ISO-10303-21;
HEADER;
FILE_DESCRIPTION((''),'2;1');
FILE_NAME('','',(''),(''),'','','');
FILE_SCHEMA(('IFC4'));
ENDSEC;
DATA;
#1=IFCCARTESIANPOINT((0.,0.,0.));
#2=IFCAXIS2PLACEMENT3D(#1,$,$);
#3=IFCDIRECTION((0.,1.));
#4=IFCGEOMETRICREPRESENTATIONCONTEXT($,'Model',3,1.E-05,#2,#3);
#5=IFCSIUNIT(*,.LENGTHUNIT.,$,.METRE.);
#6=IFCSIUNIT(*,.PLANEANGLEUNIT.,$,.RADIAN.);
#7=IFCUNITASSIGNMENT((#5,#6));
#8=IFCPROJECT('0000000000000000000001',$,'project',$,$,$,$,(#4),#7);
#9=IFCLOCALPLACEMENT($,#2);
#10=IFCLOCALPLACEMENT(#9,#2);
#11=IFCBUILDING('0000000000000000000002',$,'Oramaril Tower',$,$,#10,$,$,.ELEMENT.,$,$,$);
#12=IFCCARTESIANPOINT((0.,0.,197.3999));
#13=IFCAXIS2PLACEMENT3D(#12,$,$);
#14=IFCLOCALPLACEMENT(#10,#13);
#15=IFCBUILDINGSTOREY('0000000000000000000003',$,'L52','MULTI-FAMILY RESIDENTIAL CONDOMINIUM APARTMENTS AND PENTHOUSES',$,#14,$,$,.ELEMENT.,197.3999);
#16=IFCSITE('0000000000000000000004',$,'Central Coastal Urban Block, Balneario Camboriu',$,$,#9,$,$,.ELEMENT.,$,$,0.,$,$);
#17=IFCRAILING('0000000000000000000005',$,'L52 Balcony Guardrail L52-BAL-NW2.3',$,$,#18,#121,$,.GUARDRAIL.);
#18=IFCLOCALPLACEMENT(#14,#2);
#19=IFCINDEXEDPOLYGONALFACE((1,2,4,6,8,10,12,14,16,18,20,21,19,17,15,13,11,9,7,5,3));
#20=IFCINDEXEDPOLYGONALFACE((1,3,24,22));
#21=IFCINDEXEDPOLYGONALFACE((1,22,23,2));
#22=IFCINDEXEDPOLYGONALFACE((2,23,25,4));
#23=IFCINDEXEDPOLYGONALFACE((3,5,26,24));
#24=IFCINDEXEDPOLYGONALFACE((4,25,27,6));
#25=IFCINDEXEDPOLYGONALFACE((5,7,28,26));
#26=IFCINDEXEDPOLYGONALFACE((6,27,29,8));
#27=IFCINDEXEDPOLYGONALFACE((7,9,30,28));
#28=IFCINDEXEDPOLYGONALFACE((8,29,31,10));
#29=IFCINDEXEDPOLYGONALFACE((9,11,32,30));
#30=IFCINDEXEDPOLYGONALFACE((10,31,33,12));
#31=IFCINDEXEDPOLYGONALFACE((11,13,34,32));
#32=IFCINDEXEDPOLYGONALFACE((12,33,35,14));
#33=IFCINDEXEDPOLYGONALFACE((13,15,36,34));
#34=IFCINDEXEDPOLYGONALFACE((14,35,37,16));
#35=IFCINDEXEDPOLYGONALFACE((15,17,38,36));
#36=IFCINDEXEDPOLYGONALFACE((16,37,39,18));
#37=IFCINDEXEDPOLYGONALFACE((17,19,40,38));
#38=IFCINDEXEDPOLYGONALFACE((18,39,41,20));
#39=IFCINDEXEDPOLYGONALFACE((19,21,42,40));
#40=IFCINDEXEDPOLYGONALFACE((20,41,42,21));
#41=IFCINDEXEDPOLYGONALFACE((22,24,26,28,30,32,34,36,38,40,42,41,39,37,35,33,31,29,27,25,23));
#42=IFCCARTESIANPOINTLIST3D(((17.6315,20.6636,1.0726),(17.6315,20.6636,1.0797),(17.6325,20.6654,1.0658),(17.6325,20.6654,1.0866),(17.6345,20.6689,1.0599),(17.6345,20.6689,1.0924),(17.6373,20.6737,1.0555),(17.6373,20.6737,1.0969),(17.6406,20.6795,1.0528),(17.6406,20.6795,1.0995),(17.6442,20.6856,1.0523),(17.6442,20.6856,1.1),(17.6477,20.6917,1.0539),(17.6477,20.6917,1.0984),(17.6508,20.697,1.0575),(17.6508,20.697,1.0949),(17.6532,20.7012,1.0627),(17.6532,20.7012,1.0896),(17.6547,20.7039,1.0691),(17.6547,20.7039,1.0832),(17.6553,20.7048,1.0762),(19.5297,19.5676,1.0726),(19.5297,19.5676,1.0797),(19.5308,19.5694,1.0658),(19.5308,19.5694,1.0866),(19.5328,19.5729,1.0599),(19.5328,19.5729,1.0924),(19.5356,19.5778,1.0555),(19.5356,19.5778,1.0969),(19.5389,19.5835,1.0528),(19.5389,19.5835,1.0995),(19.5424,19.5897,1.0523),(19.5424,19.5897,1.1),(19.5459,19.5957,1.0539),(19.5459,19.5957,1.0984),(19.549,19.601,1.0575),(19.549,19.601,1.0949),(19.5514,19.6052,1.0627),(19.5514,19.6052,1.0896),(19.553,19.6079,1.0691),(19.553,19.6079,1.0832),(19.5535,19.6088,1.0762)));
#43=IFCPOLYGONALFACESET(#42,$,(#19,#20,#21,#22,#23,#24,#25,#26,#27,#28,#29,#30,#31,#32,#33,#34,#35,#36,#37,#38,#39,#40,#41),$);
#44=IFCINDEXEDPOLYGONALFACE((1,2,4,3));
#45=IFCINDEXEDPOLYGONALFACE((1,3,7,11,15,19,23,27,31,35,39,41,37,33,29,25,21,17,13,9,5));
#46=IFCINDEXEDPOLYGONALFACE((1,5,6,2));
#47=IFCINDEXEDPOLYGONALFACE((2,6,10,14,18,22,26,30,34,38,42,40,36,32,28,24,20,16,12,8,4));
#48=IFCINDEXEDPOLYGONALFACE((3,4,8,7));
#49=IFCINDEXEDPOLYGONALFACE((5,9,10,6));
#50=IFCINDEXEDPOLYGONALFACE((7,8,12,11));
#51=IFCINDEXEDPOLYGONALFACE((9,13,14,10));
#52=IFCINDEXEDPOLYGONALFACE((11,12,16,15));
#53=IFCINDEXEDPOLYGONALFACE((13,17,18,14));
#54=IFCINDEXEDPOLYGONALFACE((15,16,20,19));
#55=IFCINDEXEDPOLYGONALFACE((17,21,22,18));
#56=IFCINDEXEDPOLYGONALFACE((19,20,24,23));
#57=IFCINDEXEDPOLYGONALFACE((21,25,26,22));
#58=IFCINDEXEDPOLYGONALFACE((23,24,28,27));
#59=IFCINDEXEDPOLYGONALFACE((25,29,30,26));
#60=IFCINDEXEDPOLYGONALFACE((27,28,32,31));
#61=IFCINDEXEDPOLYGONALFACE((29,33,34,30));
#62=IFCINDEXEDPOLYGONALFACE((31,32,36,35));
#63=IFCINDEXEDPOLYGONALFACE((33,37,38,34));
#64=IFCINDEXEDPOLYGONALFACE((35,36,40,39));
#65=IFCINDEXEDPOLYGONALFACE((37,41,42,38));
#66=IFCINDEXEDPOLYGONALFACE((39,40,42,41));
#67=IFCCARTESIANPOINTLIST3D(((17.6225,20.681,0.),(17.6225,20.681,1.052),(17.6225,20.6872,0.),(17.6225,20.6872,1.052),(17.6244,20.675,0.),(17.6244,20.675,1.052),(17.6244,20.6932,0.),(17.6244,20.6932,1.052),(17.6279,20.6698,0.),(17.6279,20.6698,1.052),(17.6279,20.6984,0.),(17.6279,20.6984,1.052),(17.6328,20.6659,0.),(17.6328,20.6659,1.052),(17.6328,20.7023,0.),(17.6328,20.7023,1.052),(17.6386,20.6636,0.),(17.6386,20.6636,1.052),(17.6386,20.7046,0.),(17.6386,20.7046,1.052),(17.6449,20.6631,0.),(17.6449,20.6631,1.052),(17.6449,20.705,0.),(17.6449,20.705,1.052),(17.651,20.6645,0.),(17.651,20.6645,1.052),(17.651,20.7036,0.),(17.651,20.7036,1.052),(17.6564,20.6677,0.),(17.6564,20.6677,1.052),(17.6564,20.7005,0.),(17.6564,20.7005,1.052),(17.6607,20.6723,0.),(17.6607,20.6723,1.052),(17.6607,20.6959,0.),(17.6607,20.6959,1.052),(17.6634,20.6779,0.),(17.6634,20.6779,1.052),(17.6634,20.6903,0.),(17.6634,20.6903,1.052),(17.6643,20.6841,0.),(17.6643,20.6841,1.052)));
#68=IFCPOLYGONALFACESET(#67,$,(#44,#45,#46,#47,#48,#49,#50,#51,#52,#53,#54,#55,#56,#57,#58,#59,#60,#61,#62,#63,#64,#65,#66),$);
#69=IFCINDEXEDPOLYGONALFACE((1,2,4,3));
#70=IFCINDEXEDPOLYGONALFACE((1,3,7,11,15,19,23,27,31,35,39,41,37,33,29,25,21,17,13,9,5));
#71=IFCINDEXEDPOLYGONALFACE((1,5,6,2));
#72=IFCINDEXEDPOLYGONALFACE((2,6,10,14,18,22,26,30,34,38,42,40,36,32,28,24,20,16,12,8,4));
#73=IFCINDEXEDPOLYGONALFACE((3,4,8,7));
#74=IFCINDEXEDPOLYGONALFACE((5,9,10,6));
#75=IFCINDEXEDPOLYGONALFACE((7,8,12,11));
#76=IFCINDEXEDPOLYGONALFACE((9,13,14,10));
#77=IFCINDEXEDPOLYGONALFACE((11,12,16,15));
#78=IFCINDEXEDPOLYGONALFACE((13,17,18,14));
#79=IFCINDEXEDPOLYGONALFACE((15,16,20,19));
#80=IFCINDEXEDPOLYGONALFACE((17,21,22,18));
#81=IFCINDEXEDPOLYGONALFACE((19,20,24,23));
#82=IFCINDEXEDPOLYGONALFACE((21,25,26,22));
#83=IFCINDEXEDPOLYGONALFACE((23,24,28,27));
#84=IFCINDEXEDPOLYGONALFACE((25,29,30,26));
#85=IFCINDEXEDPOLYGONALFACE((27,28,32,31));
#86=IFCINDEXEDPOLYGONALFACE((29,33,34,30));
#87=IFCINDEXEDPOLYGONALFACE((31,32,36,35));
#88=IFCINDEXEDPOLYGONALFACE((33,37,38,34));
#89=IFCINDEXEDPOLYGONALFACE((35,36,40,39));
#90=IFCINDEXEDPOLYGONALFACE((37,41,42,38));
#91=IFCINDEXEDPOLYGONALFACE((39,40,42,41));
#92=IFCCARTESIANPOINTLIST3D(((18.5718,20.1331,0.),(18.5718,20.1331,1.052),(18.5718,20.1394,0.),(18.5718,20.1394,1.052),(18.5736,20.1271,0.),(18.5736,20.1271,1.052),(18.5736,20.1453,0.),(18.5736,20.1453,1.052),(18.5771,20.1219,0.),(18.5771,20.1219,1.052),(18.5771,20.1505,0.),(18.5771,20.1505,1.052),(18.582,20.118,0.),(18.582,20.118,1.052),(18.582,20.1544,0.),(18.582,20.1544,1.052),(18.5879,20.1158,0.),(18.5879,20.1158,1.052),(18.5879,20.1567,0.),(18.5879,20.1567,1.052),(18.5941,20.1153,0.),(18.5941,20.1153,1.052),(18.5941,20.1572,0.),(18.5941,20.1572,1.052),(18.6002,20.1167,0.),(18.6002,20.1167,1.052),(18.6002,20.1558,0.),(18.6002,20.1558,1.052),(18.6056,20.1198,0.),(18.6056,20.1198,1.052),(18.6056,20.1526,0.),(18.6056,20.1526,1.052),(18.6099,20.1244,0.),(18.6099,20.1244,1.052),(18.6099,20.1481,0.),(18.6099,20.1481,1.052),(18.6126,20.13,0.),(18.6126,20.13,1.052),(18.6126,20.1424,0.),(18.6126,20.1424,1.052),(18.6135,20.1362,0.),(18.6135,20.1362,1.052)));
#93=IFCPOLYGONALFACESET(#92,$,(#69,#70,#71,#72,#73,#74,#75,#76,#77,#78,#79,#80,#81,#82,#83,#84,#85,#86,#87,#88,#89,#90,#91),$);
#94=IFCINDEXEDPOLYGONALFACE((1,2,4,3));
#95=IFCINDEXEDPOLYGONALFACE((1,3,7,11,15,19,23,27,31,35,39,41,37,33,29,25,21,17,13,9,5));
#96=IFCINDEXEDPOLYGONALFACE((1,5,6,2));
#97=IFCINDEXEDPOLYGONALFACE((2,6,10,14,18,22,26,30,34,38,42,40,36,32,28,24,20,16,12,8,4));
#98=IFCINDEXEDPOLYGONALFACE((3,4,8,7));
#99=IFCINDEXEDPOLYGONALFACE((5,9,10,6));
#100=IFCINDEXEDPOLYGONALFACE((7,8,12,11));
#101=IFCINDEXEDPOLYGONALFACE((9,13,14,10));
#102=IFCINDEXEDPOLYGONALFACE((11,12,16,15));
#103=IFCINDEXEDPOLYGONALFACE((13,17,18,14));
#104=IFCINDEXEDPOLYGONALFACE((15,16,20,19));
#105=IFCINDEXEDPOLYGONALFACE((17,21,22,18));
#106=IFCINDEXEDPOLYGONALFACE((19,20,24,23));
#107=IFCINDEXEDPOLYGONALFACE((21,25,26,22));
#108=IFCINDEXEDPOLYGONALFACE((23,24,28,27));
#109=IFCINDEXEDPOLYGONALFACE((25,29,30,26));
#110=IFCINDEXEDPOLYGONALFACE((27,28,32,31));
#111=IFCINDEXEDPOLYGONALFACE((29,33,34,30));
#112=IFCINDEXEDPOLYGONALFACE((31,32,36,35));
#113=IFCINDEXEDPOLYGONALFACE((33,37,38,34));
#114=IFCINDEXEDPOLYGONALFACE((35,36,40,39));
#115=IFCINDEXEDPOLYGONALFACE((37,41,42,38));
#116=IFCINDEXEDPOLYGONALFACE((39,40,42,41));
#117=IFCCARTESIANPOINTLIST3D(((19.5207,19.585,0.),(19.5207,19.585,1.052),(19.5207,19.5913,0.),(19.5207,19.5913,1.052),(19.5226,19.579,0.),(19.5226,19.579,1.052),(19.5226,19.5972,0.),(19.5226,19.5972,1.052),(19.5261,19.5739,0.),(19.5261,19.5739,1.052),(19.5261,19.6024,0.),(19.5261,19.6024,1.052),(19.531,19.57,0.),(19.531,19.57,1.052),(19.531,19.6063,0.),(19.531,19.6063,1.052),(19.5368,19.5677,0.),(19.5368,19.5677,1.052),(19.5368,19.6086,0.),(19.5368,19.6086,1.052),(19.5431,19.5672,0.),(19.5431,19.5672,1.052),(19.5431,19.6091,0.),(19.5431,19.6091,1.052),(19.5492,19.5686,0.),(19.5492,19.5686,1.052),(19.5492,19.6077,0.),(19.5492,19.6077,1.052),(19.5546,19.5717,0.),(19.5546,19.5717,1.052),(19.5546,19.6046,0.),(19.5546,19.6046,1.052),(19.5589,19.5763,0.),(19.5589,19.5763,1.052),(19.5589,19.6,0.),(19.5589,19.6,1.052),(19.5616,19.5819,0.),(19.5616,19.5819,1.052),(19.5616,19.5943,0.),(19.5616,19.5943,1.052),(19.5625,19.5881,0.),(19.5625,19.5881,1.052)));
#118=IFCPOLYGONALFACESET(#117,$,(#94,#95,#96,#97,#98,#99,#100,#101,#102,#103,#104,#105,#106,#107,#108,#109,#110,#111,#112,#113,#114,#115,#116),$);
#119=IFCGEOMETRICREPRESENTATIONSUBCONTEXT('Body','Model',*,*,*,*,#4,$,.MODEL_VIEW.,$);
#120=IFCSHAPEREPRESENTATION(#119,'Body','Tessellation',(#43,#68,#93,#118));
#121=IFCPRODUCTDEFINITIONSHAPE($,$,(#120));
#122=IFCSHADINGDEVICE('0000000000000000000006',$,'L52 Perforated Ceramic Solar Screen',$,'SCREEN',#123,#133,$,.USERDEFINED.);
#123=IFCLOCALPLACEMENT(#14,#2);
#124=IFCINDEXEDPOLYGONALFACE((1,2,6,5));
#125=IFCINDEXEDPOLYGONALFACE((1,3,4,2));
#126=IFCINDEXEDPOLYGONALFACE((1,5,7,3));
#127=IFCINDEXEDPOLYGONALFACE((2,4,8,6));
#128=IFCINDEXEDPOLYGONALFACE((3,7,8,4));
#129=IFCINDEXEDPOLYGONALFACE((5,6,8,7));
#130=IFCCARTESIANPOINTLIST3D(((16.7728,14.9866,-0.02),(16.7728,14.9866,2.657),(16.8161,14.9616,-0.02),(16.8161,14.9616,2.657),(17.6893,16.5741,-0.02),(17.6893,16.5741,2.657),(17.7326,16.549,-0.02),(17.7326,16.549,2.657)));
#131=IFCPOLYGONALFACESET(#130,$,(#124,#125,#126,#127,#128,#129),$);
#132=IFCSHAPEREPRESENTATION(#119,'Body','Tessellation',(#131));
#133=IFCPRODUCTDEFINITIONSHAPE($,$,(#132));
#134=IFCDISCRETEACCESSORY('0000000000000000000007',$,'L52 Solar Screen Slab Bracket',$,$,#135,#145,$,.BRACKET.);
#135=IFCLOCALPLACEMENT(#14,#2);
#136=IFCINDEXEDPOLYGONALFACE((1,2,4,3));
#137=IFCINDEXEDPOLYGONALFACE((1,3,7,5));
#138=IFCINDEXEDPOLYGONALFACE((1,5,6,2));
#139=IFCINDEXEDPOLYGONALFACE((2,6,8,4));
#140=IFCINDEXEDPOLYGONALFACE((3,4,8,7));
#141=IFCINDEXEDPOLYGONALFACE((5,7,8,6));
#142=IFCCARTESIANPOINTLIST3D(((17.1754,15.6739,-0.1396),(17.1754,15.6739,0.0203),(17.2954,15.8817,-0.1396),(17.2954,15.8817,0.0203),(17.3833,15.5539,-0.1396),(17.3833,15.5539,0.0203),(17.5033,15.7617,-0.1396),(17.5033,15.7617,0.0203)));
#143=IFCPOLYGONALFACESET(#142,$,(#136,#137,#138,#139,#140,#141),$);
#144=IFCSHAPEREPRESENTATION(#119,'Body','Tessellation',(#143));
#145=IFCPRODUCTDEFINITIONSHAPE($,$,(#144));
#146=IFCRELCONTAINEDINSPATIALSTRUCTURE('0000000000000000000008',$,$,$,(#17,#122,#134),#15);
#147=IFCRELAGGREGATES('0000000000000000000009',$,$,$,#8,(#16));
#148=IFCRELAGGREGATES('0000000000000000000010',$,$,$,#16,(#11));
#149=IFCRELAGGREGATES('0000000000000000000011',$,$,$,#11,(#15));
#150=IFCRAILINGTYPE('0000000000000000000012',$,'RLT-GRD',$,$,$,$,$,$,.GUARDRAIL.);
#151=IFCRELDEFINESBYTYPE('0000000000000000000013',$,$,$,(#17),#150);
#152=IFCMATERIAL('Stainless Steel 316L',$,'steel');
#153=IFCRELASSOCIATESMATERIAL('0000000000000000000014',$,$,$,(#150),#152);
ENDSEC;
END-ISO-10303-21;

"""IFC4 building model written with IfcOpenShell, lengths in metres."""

from ifc_helpers import new_model, si_unit, direction, frame, origin, origin_2d, place, context, subcontext, project, spatial, rectangle, circle, extrude, material, type_object, element, save


model = new_model("IFC4")

# Units and contexts
model_context = context("Model", 3, precision=1e-05, world=origin(), true_north=direction((0.0, 1.0)))
body_context = subcontext(model_context, "Body", "Model", "MODEL_VIEW")
ifc_project = project(units=[si_unit("LENGTHUNIT", "METRE"), si_unit("PLANEANGLEUNIT", "RADIAN")], contexts=[model_context])

# Site, building, storey
site_placement = place(None, origin())
site = spatial("IfcSite", under=ifc_project, at=site_placement, Name="Central Coastal Urban Block, Balneario Camboriu", CompositionType="ELEMENT", RefElevation=0.0)
building_placement = place(site_placement, origin())
building = spatial("IfcBuilding", under=site, at=building_placement, Name="Oramaril Tower", CompositionType="ELEMENT")
storey_placement = place(building_placement, frame((0.0, 0.0, 197.3999)))
storey = spatial("IfcBuildingStorey", under=building, at=storey_placement, Name="L52", Description="MULTI-FAMILY RESIDENTIAL CONDOMINIUM APARTMENTS AND PENTHOUSES", CompositionType="ELEMENT", Elevation=197.3999)

# Railing
ifc_material_1 = material(Name="Stainless Steel 316L", Category="steel")
railing_type = type_object("IfcRailingType", Name="RLT-GRD", PredefinedType="GUARDRAIL", material=ifc_material_1)
railing_1_placement = place(storey_placement, frame((17.6433, 20.6841, 0.0)))
element("IfcRailing", 1, at=railing_1_placement, inside=storey, type_object=railing_type, Name="L52 Balcony Guardrail L52-BAL-NW2.3", PredefinedType="GUARDRAIL", context=body_context, shape_type="SweptSolid", body=[
    extrude(circle(Radius=0.0239, at=origin_2d()), frame((0.0, 0.0, 1.0762), z_axis=(0.866021, -0.500008, 0.0), x_axis=(0.500008, 0.866021, 0.0)), (0.0, 0.0, 1.0), 2.1919),
    extrude(circle(Radius=0.021, at=origin_2d()), origin(), (0.0, 0.0, 1.0), 1.052),
    extrude(circle(Radius=0.021, at=origin_2d()), frame((0.9492, -0.5479, 0.0)), (0.0, 0.0, 1.0), 1.052),
    extrude(circle(Radius=0.021, at=origin_2d()), frame((1.8982, -1.0959, 0.0)), (0.0, 0.0, 1.0), 1.052),
])

# Shading device
shading_device_placement = place(storey_placement, frame((17.2527, 15.7678, -0.02), z_axis=(0.0, 0.0, 1.0), x_axis=(-0.5, -0.866025, 0.0)))
element("IfcShadingDevice", 2, at=shading_device_placement, inside=storey, Name="L52 Perforated Ceramic Solar Screen", ObjectType="SCREEN", PredefinedType="USERDEFINED", context=body_context, shape_type="SweptSolid", body=[
    extrude(rectangle(XDim=1.833, YDim=0.05, at=origin_2d()), origin(), (0.0, 0.0, 1.0), 2.677),
])

# Discrete accessory
discrete_accessory_placement = place(storey_placement, frame((17.3394, 15.7178, -0.1396), z_axis=(0.0, 0.0, 1.0), x_axis=(-0.5, -0.866025, 0.0)))
element("IfcDiscreteAccessory", 3, at=discrete_accessory_placement, inside=storey, Name="L52 Solar Screen Slab Bracket", PredefinedType="BRACKET", context=body_context, shape_type="SweptSolid", body=[
    extrude(rectangle(XDim=0.24, YDim=0.24, at=origin_2d()), origin(), (0.0, 0.0, 1.0), 0.1599),
])

save(model, "model.ifc")
